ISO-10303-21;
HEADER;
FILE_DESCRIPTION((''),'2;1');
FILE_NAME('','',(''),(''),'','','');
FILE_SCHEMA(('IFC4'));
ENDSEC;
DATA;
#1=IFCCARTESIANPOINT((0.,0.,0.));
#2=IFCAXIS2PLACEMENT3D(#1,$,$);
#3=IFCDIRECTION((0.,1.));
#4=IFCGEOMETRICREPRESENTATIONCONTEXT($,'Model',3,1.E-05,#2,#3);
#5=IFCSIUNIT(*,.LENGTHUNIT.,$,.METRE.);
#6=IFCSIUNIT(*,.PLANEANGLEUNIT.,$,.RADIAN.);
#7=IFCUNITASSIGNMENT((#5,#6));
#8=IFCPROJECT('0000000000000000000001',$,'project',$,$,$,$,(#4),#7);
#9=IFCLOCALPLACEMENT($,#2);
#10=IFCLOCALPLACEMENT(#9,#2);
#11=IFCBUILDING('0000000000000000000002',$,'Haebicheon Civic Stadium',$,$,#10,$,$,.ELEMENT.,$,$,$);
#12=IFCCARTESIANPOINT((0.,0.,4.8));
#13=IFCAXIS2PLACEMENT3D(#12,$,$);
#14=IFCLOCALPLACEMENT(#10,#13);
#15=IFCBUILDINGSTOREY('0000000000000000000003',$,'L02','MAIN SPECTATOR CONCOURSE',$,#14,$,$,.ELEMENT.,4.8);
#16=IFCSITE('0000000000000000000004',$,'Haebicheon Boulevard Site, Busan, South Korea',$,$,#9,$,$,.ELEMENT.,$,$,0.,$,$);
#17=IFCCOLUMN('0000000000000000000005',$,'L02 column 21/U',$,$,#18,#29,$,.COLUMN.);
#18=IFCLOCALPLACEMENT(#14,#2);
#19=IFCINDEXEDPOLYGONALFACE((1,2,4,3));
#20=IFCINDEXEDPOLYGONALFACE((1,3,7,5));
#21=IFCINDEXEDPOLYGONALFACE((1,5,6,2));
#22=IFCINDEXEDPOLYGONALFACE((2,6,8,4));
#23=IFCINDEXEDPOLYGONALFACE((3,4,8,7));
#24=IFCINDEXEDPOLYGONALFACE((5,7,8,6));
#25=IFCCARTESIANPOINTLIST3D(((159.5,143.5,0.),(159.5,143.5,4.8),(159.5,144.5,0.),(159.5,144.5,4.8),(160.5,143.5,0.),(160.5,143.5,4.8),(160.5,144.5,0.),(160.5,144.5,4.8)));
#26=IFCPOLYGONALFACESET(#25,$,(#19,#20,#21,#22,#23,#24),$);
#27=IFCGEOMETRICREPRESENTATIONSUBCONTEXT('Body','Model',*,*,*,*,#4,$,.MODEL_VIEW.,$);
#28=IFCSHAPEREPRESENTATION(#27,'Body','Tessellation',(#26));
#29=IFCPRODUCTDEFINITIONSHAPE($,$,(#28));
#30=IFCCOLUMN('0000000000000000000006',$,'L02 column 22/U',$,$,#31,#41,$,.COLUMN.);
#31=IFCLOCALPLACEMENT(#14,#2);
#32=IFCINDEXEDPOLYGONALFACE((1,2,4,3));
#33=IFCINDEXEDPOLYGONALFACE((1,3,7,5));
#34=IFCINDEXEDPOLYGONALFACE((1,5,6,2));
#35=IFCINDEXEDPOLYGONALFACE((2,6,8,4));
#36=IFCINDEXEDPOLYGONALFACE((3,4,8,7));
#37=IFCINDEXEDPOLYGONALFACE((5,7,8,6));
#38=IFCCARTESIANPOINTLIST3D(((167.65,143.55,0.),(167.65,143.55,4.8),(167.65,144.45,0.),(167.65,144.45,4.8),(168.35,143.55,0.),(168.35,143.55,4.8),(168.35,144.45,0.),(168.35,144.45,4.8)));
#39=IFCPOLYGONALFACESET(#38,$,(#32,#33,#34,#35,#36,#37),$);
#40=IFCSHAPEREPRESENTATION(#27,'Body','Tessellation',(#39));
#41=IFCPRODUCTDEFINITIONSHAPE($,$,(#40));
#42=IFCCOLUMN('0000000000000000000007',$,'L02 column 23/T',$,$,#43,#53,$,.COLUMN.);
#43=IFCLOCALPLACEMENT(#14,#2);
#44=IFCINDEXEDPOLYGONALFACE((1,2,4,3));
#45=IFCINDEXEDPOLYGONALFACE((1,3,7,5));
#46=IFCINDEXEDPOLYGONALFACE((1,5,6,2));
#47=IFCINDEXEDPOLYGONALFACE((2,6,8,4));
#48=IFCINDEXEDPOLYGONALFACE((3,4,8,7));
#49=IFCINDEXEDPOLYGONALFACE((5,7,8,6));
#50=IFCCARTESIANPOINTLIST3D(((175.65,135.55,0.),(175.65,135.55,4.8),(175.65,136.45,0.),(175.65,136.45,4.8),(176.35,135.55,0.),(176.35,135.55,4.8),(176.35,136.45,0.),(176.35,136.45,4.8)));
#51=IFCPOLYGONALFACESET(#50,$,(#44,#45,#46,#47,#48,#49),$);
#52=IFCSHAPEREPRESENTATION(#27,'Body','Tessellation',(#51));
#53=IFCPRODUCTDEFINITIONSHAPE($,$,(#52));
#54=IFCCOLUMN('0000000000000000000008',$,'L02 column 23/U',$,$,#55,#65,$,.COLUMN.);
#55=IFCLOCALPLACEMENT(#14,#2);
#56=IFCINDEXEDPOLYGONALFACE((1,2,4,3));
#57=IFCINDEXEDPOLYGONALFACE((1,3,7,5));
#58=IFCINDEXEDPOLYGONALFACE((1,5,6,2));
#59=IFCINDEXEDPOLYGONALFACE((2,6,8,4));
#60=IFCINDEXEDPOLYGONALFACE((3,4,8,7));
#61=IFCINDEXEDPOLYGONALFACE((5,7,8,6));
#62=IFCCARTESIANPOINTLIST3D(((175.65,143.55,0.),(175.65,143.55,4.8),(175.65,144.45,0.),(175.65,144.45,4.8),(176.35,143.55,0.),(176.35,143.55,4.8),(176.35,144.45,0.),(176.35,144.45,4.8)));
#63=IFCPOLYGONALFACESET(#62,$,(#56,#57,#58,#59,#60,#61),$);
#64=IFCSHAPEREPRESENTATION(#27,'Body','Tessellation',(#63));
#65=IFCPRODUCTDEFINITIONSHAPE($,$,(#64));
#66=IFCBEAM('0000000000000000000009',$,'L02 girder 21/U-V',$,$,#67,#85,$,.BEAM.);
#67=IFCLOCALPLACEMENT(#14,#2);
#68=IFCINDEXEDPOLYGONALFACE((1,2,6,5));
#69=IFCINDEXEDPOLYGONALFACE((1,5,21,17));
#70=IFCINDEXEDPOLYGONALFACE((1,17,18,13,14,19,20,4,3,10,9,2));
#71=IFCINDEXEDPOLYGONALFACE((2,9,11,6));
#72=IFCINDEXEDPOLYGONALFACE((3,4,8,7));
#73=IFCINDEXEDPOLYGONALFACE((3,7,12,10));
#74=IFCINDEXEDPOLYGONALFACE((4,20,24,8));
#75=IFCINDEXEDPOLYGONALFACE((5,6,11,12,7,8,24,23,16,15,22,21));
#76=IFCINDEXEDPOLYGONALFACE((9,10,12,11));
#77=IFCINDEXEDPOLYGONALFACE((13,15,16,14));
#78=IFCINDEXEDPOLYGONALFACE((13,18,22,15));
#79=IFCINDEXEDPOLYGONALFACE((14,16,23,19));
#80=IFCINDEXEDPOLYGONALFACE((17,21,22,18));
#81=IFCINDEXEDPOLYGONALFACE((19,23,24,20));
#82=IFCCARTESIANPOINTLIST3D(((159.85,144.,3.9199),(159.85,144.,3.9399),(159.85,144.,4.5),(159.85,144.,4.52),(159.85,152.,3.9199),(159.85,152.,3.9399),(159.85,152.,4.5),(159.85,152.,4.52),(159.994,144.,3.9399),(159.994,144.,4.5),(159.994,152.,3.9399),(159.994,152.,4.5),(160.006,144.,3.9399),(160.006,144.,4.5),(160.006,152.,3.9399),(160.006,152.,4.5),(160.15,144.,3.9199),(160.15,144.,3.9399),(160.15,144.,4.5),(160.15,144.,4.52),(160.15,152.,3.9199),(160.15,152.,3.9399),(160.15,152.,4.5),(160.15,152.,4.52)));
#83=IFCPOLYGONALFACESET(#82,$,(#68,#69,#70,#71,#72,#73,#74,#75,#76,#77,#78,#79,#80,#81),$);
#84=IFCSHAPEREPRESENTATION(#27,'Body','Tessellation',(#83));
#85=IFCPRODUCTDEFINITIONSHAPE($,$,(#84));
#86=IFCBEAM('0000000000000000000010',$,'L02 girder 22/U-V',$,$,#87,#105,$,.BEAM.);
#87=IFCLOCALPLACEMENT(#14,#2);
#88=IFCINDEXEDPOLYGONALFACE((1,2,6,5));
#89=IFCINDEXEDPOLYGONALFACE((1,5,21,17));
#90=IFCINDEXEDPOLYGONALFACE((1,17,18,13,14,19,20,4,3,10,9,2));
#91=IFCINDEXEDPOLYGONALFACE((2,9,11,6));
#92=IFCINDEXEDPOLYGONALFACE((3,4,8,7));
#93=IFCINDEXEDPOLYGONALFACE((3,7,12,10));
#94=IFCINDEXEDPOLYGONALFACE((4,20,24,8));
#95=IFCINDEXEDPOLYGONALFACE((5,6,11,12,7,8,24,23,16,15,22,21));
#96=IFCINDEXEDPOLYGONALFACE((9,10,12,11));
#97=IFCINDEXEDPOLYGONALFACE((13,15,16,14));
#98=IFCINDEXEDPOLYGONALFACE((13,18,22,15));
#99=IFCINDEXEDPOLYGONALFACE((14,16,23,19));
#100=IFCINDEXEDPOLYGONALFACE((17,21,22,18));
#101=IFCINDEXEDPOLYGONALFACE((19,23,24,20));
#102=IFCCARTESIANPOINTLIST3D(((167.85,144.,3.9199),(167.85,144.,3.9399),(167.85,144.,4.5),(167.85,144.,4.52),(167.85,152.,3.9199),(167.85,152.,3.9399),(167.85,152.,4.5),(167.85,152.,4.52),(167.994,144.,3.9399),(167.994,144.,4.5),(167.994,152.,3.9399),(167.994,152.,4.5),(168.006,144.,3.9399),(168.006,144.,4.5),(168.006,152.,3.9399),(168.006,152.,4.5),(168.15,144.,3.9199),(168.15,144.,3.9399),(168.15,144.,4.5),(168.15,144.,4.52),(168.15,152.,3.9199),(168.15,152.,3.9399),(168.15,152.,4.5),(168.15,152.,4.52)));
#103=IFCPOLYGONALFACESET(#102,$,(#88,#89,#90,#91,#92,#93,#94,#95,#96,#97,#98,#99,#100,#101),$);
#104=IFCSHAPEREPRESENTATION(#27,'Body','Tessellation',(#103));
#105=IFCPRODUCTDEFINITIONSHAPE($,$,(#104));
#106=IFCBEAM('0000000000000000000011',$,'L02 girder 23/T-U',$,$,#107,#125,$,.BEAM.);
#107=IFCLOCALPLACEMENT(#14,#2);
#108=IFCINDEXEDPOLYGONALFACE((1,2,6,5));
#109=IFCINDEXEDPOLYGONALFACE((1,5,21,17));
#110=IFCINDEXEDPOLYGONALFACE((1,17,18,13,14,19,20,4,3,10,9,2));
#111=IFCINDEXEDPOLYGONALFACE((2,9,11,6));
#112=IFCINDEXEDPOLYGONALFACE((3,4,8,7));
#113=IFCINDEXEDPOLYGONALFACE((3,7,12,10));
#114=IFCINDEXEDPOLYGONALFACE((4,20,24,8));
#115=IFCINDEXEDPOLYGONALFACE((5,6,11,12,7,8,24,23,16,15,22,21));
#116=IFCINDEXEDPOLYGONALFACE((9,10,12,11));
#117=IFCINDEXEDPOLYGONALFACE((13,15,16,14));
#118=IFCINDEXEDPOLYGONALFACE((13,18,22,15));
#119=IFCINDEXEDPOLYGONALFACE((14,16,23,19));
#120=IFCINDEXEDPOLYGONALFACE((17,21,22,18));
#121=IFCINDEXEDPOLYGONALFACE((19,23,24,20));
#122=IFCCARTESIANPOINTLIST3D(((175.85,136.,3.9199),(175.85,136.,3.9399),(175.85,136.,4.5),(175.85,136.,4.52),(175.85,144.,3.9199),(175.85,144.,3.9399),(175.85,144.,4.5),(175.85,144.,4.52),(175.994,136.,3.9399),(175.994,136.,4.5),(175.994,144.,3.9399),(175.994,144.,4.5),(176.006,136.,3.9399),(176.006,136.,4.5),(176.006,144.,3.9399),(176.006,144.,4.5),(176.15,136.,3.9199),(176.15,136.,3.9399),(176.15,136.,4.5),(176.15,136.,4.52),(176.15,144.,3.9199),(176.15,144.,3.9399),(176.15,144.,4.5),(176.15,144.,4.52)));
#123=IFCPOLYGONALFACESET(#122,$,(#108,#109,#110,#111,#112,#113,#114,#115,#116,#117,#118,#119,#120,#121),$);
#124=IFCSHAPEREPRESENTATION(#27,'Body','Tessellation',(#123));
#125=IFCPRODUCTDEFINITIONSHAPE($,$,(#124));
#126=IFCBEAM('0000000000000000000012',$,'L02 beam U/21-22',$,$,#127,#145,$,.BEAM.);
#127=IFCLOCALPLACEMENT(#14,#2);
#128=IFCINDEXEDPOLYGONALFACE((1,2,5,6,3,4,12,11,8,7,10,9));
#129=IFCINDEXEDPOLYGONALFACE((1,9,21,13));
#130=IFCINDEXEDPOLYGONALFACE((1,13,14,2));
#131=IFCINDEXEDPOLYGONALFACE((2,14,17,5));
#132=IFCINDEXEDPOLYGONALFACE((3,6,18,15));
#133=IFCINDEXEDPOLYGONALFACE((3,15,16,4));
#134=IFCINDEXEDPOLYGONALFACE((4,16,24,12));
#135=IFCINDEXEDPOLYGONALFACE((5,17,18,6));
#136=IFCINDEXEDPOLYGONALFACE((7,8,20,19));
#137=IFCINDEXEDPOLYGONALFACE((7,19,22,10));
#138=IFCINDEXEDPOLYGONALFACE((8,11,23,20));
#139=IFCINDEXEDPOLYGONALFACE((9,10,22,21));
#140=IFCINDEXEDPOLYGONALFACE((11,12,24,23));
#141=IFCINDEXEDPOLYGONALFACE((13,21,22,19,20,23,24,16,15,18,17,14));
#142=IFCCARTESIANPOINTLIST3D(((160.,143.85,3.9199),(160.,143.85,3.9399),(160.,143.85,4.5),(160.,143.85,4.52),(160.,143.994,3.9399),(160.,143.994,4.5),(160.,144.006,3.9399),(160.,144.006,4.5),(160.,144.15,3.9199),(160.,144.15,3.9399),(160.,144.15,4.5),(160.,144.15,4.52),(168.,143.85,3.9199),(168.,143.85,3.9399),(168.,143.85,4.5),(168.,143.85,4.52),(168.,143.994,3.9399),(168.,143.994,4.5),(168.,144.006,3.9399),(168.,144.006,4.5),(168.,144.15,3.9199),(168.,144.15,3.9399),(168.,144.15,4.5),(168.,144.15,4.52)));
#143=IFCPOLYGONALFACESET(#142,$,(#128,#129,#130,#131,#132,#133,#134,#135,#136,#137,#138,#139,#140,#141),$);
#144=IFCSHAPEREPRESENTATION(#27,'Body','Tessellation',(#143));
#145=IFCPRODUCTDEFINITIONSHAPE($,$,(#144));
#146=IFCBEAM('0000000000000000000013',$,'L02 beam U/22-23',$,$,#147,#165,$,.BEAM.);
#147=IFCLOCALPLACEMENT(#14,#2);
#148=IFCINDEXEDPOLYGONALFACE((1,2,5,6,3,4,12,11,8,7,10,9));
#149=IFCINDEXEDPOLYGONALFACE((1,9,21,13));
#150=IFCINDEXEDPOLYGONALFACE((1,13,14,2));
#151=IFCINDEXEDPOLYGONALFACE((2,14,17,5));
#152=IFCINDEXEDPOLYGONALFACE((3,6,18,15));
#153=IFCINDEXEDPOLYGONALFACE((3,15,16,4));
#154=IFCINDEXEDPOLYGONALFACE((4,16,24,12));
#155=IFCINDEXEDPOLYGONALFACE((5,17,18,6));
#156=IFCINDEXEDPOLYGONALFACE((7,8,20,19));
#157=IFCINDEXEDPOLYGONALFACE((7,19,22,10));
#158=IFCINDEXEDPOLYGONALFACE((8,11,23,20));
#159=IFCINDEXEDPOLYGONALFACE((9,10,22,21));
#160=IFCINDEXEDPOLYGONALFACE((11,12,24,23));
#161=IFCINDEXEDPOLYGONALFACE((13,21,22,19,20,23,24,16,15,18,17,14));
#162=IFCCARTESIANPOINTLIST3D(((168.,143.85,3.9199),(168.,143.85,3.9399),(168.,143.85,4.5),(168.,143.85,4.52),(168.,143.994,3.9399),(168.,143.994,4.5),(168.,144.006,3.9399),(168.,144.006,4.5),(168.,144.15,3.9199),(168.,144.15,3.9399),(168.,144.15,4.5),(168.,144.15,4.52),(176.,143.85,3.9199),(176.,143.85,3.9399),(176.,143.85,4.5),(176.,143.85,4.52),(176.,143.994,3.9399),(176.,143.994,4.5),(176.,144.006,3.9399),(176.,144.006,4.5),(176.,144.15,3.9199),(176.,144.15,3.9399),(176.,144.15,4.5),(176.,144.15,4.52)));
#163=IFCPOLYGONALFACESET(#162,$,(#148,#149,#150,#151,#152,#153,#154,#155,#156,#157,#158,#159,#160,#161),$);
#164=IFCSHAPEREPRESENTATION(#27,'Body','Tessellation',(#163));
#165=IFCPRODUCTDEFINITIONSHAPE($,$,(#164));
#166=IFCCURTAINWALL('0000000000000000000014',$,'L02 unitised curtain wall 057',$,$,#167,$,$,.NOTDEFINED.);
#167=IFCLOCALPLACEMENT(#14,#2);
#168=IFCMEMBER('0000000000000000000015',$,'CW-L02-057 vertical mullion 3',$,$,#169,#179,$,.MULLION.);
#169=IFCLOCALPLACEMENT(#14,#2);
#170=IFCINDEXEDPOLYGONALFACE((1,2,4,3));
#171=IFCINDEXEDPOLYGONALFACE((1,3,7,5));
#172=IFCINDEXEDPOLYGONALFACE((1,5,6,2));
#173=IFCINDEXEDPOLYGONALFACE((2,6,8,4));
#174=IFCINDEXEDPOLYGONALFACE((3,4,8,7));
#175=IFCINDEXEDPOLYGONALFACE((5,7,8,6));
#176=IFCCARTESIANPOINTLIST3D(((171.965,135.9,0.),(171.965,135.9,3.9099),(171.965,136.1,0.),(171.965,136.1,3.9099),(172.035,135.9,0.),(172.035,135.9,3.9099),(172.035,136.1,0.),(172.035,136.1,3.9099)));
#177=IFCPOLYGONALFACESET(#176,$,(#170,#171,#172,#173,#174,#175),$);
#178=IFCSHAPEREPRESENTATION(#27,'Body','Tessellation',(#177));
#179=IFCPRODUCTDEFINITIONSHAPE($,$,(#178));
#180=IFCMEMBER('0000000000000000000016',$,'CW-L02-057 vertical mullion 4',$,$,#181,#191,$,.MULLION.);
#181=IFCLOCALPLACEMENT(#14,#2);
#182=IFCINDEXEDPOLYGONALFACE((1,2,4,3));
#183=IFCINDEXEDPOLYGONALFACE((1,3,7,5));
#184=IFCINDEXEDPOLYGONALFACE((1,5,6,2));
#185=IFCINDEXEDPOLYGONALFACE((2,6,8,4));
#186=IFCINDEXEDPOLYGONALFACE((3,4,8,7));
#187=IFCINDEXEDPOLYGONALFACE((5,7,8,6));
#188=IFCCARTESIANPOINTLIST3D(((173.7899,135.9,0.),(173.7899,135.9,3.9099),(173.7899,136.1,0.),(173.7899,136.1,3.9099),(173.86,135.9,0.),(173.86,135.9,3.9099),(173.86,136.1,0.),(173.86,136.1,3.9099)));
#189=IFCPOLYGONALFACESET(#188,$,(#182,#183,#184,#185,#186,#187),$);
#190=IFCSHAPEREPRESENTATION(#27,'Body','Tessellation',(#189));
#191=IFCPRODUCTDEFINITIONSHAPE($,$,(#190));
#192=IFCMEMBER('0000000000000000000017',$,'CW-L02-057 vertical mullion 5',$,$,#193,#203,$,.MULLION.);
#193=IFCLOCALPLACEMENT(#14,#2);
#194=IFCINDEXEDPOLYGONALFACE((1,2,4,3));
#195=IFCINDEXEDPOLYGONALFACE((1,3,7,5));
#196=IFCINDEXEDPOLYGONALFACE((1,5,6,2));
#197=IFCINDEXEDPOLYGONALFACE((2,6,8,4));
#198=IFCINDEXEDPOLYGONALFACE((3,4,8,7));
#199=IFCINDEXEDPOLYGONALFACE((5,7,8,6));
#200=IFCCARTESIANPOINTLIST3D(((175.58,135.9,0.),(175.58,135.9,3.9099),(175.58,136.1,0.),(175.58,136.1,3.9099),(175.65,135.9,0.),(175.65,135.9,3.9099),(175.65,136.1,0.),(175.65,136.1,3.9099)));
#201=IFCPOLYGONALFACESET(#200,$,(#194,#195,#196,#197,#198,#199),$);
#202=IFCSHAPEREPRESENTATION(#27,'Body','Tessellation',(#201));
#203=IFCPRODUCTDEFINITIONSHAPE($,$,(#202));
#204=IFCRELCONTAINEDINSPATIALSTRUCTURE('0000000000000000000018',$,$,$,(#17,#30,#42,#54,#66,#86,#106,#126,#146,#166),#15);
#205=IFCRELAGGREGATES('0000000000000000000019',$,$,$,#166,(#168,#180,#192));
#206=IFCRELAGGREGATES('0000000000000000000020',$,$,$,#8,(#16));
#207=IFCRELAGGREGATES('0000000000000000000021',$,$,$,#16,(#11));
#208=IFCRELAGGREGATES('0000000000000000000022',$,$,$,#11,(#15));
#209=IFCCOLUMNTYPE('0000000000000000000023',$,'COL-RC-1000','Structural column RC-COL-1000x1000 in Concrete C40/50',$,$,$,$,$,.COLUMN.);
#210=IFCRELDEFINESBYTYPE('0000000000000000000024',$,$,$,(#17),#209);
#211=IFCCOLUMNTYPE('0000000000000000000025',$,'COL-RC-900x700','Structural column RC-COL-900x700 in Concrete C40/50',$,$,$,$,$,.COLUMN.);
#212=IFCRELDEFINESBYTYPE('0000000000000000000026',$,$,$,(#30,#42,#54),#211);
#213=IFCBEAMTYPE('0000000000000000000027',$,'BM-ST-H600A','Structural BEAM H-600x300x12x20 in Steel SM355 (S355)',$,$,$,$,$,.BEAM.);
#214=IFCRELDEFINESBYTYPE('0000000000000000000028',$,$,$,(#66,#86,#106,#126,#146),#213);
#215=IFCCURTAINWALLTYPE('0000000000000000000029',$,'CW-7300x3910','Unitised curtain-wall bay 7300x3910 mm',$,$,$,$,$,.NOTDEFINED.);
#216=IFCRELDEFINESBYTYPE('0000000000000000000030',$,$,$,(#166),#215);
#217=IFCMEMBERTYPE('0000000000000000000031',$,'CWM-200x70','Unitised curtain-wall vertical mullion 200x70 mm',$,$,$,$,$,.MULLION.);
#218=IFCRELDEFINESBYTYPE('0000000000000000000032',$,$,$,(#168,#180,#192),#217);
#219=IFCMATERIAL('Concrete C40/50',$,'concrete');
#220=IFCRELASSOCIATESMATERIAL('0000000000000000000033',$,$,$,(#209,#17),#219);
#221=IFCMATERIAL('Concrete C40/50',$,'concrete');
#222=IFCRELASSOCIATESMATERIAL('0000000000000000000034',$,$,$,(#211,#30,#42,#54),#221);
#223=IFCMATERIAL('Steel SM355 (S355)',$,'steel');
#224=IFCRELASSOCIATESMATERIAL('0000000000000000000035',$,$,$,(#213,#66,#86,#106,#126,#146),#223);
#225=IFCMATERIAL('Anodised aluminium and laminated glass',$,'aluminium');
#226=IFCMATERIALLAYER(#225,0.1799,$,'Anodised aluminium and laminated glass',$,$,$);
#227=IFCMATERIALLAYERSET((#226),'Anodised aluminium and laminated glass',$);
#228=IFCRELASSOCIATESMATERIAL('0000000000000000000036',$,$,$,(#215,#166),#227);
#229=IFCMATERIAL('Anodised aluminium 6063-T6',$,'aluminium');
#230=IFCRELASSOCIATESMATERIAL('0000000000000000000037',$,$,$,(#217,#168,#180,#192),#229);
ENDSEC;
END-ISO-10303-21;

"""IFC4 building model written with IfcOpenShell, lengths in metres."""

from ifc_helpers import new_model, si_unit, direction, frame, origin, origin_2d, place, context, subcontext, project, spatial, rectangle, i_section, extrude, material, layer, layer_set, material_profile, profile_set, type_object, element, aggregate, save


model = new_model("IFC4")

# Units and contexts
model_context = context("Model", 3, precision=1e-05, world=origin(), true_north=direction((0.0, 1.0)))
body_context = subcontext(model_context, "Body", "Model", "MODEL_VIEW")
ifc_project = project(units=[si_unit("LENGTHUNIT", "METRE"), si_unit("PLANEANGLEUNIT", "RADIAN")], contexts=[model_context])

# Site, building, storey
site_placement = place(None, origin())
site = spatial("IfcSite", under=ifc_project, at=site_placement, Name="Haebicheon Boulevard Site, Busan, South Korea", CompositionType="ELEMENT", RefElevation=0.0)
building_placement = place(site_placement, origin())
building = spatial("IfcBuilding", under=site, at=building_placement, Name="Haebicheon Civic Stadium", CompositionType="ELEMENT")
storey_placement = place(building_placement, frame((0.0, 0.0, 4.8)))
storey = spatial("IfcBuildingStorey", under=building, at=storey_placement, Name="L02", Description="MAIN SPECTATOR CONCOURSE", CompositionType="ELEMENT", Elevation=4.8)

# Columns
ifc_material_1 = material(Name="Concrete C40/50", Category="concrete")
ifc_material_profile_1 = material_profile(ifc_material_1, rectangle(XDim=1.0, YDim=1.0, at=origin_2d()), Name="RC-COL-1000x1000")
ifc_profile_set_1 = profile_set([ifc_material_profile_1], Name="Concrete C40/50")
column_type_1 = type_object("IfcColumnType", Name="COL-RC-1000", Description="Structural column RC-COL-1000x1000 in Concrete C40/50", PredefinedType="COLUMN", material=ifc_profile_set_1)
column_placement = place(storey_placement, frame((160.0, 144.0, 0.0), z_axis=(0.0, 0.0, 1.0), x_axis=(1.0, 0.0, 0.0)))
element("IfcColumn", 1, at=column_placement, inside=storey, type_object=column_type_1, material=ifc_profile_set_1, Name="L02 column 21/U", PredefinedType="COLUMN", context=body_context, shape_type="SweptSolid", body=[
    extrude(rectangle(XDim=1.0, YDim=1.0, at=origin_2d()), origin(), (0.0, 0.0, 1.0), 4.8),
])
ifc_material_2 = material(Name="Concrete C40/50", Category="concrete")
ifc_material_profile_2 = material_profile(ifc_material_2, rectangle(XDim=0.7, YDim=0.8999, at=origin_2d()), Name="RC-COL-900x700")
ifc_profile_set_2 = profile_set([ifc_material_profile_2], Name="Concrete C40/50")
column_type_2 = type_object("IfcColumnType", Name="COL-RC-900x700", Description="Structural column RC-COL-900x700 in Concrete C40/50", PredefinedType="COLUMN", material=ifc_profile_set_2)
for number, where, z_axis, x_axis, name in (
    (2, (168.0, 144.0, 0.0), (0.0, 0.0, 1.0), (1.0, 0.0, 0.0), "L02 column 22/U"),
    (3, (176.0, 136.0, 0.0), (0.0, 0.0, 1.0), (1.0, 0.0, 0.0), "L02 column 23/T"),
    (4, (176.0, 144.0, 0.0), (0.0, 0.0, 1.0), (1.0, 0.0, 0.0), "L02 column 23/U"),
):
    element("IfcColumn", number, at=place(storey_placement, frame(where, z_axis=z_axis, x_axis=x_axis)), inside=storey, type_object=column_type_2, material=ifc_profile_set_2, Name=name, PredefinedType="COLUMN", context=body_context, shape_type="SweptSolid", body=[
        extrude(rectangle(XDim=0.7, YDim=0.8999, at=origin_2d()), origin(), (0.0, 0.0, 1.0), 4.8),
    ])

# Beams
ifc_material_3 = material(Name="Steel SM355 (S355)", Category="steel")
ifc_material_profile_3 = material_profile(ifc_material_3, i_section(OverallWidth=0.3, OverallDepth=0.6001, WebThickness=0.012, FlangeThickness=0.02, at=origin_2d()), Name="H-600x300x12x20")
ifc_profile_set_3 = profile_set([ifc_material_profile_3], Name="Steel SM355 (S355)")
beam_type_1 = type_object("IfcBeamType", Name="BM-ST-H600A", Description="Structural BEAM H-600x300x12x20 in Steel SM355 (S355)", PredefinedType="BEAM", material=ifc_profile_set_3)
for number, where, z_axis, x_axis, name in (
    (5, (160.0, 144.0, 4.22), (0.0, 1.0, 0.0), (-1.0, 0.0, 0.0), "L02 girder 21/U-V"),
    (6, (168.0, 144.0, 4.22), (0.0, 1.0, 0.0), (-1.0, 0.0, 0.0), "L02 girder 22/U-V"),
    (7, (176.0, 136.0, 4.22), (0.0, 1.0, 0.0), (-1.0, 0.0, 0.0), "L02 girder 23/T-U"),
    (8, (160.0, 144.0, 4.22), (1.0, 0.0, 0.0), (0.0, 1.0, 0.0), "L02 beam U/21-22"),
    (9, (168.0, 144.0, 4.22), (1.0, 0.0, 0.0), (0.0, 1.0, 0.0), "L02 beam U/22-23"),
):
    element("IfcBeam", number, at=place(storey_placement, frame(where, z_axis=z_axis, x_axis=x_axis)), inside=storey, type_object=beam_type_1, material=ifc_profile_set_3, Name=name, PredefinedType="BEAM", context=body_context, shape_type="SweptSolid", body=[
        extrude(i_section(OverallWidth=0.3, OverallDepth=0.6001, WebThickness=0.012, FlangeThickness=0.02, at=origin_2d()), origin(), (0.0, 0.0, 1.0), 8.0),
    ])

# Curtain wall, members
ifc_material_4 = material(Name="Anodised aluminium and laminated glass", Category="aluminium")
ifc_layer_1 = layer(ifc_material_4, 0.1799, Name="Anodised aluminium and laminated glass")
ifc_layer_set_1 = layer_set([ifc_layer_1], Name="Anodised aluminium and laminated glass")
curtain_wall_type = type_object("IfcCurtainWallType", Name="CW-7300x3910", Description="Unitised curtain-wall bay 7300x3910 mm", PredefinedType="NOTDEFINED", material=ifc_layer_set_1)
curtain_wall_placement = place(storey_placement, origin())
curtain_wall = element("IfcCurtainWall", 10, at=curtain_wall_placement, inside=storey, type_object=curtain_wall_type, material=ifc_layer_set_1, Name="L02 unitised curtain wall 057", PredefinedType="NOTDEFINED")
ifc_material_5 = material(Name="Anodised aluminium 6063-T6", Category="aluminium")
ifc_material_profile_4 = material_profile(ifc_material_5, rectangle(XDim=0.0701, YDim=0.2, at=origin_2d()), Name="ALU-MULL-70x200")
ifc_profile_set_4 = profile_set([ifc_material_profile_4], Name="Anodised aluminium 6063-T6")
member_type_1 = type_object("IfcMemberType", Name="CWM-200x70", Description="Unitised curtain-wall vertical mullion 200x70 mm", PredefinedType="MULLION", material=ifc_profile_set_4)
member_1_placement = place(storey_placement, frame((172.0, 136.0, 0.0), z_axis=(0.0, 0.0, 1.0), x_axis=(1.0, 0.0, 0.0)))
member_1 = element("IfcMember", 11, at=member_1_placement, type_object=member_type_1, material=ifc_profile_set_4, Name="CW-L02-057 vertical mullion 3", PredefinedType="MULLION", context=body_context, shape_type="SweptSolid", body=[
    extrude(rectangle(XDim=0.0701, YDim=0.2, at=origin_2d()), origin(), (0.0, 0.0, 1.0), 3.9099),
])
member_2_placement = place(storey_placement, frame((173.825, 136.0, 0.0), z_axis=(0.0, 0.0, 1.0), x_axis=(1.0, 0.0, 0.0)))
member_2 = element("IfcMember", 12, at=member_2_placement, type_object=member_type_1, material=ifc_profile_set_4, Name="CW-L02-057 vertical mullion 4", PredefinedType="MULLION", context=body_context, shape_type="SweptSolid", body=[
    extrude(rectangle(XDim=0.0701, YDim=0.2, at=origin_2d()), origin(), (0.0, 0.0, 1.0), 3.9099),
])
member_3_placement = place(storey_placement, frame((175.615, 136.0, 0.0), z_axis=(0.0, 0.0, 1.0), x_axis=(1.0, 0.0, 0.0)))
member_3 = element("IfcMember", 13, at=member_3_placement, type_object=member_type_1, material=ifc_profile_set_4, Name="CW-L02-057 vertical mullion 5", PredefinedType="MULLION", context=body_context, shape_type="SweptSolid", body=[
    extrude(rectangle(XDim=0.0701, YDim=0.2, at=origin_2d()), origin(), (0.0, 0.0, 1.0), 3.9099),
])

aggregate(curtain_wall, [member_1, member_2, member_3])

save(model, "model.ifc")
